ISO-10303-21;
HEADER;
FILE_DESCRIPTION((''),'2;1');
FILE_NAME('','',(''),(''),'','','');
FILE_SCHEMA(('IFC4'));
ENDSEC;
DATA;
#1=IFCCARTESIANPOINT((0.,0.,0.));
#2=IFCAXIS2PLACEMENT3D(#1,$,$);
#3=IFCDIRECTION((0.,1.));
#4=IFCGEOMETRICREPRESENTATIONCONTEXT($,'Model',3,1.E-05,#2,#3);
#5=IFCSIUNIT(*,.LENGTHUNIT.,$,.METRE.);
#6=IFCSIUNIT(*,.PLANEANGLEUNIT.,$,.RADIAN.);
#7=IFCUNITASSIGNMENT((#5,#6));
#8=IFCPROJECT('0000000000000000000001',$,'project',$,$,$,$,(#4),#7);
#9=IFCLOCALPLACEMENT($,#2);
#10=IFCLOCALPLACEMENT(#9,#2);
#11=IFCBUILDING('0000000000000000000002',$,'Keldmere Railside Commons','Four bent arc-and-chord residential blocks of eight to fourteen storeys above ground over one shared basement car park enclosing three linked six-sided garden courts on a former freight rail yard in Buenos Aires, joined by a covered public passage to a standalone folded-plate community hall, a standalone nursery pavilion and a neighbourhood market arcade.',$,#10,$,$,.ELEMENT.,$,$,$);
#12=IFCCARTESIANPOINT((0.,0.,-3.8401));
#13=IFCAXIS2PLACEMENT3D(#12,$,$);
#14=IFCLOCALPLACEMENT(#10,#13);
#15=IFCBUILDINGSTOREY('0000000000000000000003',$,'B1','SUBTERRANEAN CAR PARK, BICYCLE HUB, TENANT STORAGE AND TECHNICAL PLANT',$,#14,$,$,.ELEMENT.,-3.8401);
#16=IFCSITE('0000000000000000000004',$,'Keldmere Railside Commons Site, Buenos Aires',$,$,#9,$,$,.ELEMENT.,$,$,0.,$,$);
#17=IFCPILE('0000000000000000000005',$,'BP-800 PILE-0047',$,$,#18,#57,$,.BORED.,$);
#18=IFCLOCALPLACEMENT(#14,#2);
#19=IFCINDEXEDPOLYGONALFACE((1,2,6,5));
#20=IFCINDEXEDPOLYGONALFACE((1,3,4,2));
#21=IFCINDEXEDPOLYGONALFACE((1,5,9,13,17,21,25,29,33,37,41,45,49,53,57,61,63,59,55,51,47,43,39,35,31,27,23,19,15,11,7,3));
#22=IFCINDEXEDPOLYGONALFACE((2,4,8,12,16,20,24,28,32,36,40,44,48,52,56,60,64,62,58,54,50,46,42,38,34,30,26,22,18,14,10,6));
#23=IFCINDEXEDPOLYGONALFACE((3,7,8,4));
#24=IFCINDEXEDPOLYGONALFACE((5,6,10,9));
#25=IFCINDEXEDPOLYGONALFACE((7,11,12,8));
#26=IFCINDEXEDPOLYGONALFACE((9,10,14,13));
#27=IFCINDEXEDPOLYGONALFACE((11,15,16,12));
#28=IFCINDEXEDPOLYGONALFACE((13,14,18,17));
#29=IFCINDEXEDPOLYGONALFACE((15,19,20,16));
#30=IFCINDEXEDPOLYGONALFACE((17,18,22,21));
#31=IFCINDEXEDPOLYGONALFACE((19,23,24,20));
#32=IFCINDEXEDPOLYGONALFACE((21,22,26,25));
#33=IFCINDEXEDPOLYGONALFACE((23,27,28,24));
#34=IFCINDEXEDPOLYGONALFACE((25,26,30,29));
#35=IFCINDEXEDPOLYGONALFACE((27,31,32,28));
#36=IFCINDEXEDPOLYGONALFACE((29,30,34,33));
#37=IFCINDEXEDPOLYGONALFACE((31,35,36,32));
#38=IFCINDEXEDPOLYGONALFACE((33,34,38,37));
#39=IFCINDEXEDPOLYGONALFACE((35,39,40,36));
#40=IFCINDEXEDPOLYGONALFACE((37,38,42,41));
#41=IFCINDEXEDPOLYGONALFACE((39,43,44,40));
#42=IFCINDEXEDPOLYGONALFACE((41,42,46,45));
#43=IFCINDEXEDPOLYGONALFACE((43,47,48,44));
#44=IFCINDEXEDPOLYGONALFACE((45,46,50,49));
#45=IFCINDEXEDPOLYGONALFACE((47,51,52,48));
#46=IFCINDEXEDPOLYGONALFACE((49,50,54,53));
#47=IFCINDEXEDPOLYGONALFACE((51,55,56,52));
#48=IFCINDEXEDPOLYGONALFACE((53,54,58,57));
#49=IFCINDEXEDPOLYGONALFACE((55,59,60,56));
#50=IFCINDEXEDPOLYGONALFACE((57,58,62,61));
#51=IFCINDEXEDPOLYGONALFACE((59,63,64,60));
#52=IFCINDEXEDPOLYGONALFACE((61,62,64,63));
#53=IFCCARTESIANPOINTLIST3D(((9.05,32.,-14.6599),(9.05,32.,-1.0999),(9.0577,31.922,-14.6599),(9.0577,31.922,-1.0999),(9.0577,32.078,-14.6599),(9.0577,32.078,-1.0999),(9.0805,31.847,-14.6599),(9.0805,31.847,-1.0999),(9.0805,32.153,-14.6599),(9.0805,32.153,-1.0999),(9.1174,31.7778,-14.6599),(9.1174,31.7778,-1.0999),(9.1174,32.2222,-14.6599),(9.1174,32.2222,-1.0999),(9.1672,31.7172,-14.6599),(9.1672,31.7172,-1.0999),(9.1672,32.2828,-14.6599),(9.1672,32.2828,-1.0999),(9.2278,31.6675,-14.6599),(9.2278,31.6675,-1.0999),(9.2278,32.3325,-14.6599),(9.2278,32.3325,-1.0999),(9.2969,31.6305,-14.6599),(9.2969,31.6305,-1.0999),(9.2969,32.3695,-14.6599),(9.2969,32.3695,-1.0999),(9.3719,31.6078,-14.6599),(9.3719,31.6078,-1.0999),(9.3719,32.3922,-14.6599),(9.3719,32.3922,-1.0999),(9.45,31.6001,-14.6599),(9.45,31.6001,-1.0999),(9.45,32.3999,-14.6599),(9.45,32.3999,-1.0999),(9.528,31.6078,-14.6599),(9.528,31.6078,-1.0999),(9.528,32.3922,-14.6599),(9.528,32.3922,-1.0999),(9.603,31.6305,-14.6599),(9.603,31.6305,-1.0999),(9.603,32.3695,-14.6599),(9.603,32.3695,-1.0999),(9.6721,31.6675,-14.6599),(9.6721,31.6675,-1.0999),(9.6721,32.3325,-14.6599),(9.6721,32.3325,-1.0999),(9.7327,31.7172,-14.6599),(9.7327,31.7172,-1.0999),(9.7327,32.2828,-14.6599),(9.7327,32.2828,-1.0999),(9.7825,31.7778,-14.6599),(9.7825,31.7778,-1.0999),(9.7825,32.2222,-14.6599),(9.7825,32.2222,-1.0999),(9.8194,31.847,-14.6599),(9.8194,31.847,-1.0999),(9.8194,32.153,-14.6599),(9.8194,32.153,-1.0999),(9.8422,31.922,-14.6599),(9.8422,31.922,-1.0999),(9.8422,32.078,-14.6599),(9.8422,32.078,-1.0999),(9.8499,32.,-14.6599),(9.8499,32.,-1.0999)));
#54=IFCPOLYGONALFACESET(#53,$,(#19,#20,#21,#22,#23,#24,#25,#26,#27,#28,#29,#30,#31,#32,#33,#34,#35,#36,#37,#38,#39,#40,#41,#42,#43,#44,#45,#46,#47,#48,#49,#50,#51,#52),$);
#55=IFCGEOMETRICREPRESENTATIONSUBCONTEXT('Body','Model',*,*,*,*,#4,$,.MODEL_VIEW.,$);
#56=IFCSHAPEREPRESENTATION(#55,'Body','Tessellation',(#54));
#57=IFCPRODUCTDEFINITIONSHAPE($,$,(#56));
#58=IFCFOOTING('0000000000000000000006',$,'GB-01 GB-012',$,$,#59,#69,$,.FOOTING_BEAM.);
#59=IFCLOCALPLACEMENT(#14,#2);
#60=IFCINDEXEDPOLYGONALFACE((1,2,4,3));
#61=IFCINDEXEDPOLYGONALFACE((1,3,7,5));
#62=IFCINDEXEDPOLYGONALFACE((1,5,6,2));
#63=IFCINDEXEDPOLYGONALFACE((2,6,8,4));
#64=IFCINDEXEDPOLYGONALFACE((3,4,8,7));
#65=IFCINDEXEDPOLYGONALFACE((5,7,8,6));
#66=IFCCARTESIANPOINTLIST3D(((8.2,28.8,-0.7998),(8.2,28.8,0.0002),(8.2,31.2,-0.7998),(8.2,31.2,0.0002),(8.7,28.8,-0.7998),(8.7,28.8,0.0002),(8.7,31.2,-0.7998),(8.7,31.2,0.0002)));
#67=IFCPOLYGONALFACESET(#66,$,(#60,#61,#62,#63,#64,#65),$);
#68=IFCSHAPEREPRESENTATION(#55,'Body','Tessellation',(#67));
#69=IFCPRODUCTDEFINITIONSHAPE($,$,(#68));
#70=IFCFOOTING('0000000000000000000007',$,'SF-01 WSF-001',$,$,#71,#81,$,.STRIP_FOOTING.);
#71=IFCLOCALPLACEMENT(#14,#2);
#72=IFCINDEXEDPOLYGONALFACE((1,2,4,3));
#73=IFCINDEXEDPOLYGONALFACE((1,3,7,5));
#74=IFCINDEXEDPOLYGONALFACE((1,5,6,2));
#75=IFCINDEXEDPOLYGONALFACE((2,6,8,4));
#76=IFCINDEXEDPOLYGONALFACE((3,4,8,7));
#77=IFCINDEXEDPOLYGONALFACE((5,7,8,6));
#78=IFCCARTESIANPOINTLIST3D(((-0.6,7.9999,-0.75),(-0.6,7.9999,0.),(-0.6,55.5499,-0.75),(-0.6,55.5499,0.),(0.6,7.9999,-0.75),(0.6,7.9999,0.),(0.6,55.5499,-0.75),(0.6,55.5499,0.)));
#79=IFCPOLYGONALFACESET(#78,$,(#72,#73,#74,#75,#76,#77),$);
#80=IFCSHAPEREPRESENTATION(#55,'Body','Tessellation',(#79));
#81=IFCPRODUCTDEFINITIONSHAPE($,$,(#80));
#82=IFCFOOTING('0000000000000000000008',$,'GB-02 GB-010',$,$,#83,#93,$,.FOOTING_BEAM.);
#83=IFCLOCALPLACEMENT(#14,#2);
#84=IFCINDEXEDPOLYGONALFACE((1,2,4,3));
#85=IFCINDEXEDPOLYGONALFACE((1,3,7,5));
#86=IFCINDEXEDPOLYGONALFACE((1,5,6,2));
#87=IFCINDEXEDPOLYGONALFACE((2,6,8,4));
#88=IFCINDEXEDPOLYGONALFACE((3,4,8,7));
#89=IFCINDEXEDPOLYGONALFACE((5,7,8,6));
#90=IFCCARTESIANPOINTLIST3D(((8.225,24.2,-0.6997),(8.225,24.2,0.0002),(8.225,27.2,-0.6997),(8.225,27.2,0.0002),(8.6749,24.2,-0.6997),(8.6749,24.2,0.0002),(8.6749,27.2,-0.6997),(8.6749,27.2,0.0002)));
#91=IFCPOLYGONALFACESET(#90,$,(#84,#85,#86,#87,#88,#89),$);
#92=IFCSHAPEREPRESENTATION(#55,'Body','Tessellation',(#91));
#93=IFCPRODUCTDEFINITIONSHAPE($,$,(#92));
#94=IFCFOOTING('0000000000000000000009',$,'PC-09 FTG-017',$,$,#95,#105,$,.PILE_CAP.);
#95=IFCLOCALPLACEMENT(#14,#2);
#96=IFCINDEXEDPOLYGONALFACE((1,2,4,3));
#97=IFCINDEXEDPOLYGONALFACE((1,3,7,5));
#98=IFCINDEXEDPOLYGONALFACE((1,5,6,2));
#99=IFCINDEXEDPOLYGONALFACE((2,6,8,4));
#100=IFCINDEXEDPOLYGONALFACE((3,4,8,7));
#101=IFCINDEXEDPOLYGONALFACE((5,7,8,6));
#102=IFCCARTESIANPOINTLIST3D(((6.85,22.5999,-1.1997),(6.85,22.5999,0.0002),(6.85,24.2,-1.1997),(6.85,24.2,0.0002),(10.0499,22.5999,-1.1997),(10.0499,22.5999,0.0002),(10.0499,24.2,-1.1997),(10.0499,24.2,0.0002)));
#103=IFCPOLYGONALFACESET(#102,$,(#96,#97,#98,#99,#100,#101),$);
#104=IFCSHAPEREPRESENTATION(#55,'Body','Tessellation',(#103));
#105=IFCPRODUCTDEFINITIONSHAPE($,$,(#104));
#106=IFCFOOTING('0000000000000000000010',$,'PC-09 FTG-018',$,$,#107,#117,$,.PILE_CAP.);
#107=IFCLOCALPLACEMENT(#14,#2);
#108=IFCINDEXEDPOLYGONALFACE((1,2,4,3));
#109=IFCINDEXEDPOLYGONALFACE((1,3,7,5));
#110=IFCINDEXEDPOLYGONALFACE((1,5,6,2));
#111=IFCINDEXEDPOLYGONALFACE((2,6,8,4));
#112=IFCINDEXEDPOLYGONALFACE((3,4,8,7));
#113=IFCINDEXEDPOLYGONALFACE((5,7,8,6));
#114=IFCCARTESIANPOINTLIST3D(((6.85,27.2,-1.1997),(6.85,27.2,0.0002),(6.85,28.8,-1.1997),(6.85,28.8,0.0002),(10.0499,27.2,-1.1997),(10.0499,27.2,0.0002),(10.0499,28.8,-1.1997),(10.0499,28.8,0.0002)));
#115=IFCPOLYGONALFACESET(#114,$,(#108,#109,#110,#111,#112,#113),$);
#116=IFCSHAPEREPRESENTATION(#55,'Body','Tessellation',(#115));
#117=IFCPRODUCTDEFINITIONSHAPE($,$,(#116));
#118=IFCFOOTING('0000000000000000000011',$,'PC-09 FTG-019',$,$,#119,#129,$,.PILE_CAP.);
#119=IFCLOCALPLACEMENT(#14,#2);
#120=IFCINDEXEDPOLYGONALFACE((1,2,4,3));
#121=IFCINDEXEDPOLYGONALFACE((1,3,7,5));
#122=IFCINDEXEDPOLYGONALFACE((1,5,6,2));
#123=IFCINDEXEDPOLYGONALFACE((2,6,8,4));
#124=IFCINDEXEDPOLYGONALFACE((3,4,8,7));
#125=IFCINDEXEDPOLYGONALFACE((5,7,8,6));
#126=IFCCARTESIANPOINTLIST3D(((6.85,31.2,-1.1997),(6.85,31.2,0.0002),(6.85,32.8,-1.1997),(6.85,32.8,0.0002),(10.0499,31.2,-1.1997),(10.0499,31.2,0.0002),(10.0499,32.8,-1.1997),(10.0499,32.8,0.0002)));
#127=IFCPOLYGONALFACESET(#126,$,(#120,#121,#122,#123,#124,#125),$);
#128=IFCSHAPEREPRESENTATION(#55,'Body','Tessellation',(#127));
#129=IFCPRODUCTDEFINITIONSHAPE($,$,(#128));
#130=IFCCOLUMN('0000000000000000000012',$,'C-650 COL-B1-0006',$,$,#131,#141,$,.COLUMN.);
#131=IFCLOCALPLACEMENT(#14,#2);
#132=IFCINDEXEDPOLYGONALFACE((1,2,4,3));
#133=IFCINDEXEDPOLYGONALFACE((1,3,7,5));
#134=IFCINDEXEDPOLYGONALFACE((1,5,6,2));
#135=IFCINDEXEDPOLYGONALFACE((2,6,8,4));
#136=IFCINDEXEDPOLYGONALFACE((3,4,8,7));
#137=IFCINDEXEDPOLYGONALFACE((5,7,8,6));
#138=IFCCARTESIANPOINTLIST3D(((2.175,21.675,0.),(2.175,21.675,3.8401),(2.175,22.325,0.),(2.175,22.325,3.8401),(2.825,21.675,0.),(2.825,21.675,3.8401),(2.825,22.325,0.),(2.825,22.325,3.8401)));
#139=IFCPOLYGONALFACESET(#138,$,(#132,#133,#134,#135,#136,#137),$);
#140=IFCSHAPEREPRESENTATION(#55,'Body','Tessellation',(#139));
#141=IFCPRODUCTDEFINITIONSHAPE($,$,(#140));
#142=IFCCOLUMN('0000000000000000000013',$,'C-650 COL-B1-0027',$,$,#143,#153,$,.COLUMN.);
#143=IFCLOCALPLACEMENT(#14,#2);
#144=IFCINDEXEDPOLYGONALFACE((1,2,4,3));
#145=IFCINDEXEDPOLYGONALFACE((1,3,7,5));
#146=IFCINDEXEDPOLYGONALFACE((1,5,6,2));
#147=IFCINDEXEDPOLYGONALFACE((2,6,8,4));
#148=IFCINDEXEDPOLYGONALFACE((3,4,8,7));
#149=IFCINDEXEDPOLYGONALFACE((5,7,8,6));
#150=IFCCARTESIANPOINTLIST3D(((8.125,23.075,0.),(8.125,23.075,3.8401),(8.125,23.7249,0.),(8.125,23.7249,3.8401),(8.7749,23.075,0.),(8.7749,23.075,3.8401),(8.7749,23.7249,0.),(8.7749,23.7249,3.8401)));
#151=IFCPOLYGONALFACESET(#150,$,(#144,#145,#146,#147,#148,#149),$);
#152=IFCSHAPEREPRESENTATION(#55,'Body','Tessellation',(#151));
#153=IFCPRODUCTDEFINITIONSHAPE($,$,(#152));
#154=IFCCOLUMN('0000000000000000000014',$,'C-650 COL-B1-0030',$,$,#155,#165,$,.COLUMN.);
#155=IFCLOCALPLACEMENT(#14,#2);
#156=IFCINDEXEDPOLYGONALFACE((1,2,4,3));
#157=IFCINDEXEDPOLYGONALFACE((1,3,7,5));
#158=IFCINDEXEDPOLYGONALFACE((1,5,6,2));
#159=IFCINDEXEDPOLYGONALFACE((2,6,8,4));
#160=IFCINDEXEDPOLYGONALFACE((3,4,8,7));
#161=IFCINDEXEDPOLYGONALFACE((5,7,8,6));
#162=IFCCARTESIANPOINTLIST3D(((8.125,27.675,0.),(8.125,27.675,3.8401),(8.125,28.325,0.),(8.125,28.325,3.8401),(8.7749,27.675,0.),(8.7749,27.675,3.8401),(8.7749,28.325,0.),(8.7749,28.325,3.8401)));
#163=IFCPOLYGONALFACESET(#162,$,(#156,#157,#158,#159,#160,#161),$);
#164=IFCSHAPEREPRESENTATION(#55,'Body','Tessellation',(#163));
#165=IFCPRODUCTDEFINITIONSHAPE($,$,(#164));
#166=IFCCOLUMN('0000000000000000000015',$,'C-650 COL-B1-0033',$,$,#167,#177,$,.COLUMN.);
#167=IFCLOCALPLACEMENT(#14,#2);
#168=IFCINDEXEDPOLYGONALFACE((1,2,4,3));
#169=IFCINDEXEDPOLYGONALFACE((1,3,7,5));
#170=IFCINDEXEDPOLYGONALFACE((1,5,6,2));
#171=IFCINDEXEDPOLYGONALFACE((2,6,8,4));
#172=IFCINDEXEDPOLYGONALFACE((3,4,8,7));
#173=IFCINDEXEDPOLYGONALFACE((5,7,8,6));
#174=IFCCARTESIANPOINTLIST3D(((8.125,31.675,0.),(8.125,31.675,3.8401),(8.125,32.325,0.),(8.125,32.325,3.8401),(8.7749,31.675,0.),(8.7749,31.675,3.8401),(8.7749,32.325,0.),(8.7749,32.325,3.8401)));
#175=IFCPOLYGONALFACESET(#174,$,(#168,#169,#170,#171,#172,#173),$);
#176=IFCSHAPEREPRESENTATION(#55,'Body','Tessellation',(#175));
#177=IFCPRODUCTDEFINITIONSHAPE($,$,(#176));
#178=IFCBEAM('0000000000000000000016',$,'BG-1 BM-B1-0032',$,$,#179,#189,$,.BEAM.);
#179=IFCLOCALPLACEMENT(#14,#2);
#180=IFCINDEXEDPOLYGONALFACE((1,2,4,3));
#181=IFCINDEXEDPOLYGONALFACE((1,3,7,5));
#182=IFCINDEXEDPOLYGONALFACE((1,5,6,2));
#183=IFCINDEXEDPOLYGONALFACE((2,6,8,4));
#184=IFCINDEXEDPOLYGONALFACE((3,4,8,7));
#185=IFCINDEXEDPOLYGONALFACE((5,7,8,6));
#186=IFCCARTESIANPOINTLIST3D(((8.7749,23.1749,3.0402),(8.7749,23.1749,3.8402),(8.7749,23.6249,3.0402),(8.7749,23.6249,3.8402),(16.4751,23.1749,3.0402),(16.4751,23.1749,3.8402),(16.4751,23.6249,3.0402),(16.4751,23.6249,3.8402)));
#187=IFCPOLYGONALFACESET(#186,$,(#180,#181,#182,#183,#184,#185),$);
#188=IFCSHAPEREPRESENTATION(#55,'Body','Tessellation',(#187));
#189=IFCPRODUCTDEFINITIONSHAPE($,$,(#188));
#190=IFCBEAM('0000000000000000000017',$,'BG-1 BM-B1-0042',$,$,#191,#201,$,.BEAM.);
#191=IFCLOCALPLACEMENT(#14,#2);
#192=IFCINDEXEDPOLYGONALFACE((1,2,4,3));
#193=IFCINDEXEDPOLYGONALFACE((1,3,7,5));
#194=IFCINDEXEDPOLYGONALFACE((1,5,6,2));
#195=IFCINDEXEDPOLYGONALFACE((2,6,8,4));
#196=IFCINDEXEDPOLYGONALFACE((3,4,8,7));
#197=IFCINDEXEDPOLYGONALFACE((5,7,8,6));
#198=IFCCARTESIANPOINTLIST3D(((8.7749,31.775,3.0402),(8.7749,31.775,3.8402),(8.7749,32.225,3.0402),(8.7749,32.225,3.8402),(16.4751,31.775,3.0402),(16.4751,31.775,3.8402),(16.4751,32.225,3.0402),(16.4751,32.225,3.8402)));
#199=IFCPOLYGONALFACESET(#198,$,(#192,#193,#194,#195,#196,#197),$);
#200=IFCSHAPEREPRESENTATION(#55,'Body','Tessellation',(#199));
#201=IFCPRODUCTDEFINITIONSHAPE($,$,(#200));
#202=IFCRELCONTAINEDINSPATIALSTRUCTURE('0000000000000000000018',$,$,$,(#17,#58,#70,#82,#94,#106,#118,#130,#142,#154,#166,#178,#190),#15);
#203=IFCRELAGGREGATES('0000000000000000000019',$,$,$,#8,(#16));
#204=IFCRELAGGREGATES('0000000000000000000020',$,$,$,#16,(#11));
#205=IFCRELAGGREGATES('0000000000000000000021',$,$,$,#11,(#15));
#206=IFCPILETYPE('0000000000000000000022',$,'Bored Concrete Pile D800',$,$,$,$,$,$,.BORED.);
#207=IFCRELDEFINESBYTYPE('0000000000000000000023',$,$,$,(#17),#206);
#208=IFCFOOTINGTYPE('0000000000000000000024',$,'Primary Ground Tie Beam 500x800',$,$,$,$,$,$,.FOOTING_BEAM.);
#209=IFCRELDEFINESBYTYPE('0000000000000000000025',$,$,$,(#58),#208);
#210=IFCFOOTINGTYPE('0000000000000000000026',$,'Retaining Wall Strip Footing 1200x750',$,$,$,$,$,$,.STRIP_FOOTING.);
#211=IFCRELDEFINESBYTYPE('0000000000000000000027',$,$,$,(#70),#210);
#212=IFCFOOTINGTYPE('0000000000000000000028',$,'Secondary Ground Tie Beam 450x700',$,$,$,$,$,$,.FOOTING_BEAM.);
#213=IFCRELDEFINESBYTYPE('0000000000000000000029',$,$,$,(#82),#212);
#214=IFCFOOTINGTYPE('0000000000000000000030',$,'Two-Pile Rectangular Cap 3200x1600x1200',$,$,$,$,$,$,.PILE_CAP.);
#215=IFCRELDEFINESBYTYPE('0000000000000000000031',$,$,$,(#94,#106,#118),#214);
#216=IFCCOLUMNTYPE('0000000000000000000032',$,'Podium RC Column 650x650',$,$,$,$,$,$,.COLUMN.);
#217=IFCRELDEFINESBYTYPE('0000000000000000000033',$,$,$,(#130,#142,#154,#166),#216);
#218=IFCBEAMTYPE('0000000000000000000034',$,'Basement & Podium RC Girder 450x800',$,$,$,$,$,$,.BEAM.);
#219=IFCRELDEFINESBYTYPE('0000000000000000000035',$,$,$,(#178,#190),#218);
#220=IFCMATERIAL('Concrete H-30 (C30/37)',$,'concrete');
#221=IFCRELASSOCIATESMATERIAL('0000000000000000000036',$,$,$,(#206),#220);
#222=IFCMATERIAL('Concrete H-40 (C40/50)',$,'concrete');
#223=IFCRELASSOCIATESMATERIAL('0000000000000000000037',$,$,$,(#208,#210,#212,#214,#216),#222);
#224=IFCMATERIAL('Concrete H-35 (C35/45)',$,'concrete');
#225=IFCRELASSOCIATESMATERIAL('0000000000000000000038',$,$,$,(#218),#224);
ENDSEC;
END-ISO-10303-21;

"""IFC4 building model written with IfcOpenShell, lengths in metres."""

from ifc_helpers import new_model, si_unit, direction, frame, origin, origin_2d, place, context, subcontext, project, spatial, rectangle, circle, extrude, material, material_profile, profile_set, type_object, element, save


model = new_model("IFC4")

# Units and contexts
model_context = context("Model", 3, precision=1e-05, world=origin(), true_north=direction((0.0, 1.0)))
body_context = subcontext(model_context, "Body", "Model", "MODEL_VIEW")
ifc_project = project(units=[si_unit("LENGTHUNIT", "METRE"), si_unit("PLANEANGLEUNIT", "RADIAN")], contexts=[model_context])

# Site, building, storey
site_placement = place(None, origin())
site = spatial("IfcSite", under=ifc_project, at=site_placement, Name="Keldmere Railside Commons Site, Buenos Aires", CompositionType="ELEMENT", RefElevation=0.0)
building_placement = place(site_placement, origin())
building = spatial("IfcBuilding", under=site, at=building_placement, Name="Keldmere Railside Commons", Description="Four bent arc-and-chord residential blocks of eight to fourteen storeys above ground over one shared basement car park enclosing three linked six-sided garden courts on a former freight rail yard in Buenos Aires, joined by a covered public passage to a standalone folded-plate community hall, a standalone nursery pavilion and a neighbourhood market arcade.", CompositionType="ELEMENT")
storey_placement = place(building_placement, frame((0.0, 0.0, -3.8401)))
storey = spatial("IfcBuildingStorey", under=building, at=storey_placement, Name="B1", Description="SUBTERRANEAN CAR PARK, BICYCLE HUB, TENANT STORAGE AND TECHNICAL PLANT", CompositionType="ELEMENT", Elevation=-3.8401)

# Pile
ifc_material_1 = material(Name="Concrete H-30 (C30/37)", Category="concrete")
ifc_material_profile_1 = material_profile(ifc_material_1, circle(Radius=0.3999, at=origin_2d()), Name="PILE-D800")
ifc_profile_set_1 = profile_set([ifc_material_profile_1], Name="Concrete H-30 (C30/37)")
pile_type = type_object("IfcPileType", Name="Bored Concrete Pile D800", PredefinedType="BORED", material=ifc_profile_set_1)
for number, where, z_axis, x_axis, name in (
    (1, (9.45, 32.0, -1.0999), (0.0, 0.0, -1.0), (1.0, 0.0, 0.0), "BP-800 PILE-0047"),
):
    element("IfcPile", number, at=place(storey_placement, frame(where, z_axis=z_axis, x_axis=x_axis)), inside=storey, type_object=pile_type, Name=name, PredefinedType="BORED", context=body_context, shape_type="SweptSolid", body=[
        extrude(circle(Radius=0.3999, at=origin_2d()), origin(), (0.0, 0.0, 1.0), 13.5601),
    ])

# Footings
ifc_material_2 = material(Name="Concrete H-40 (C40/50)", Category="concrete")
footing_type_1 = type_object("IfcFootingType", Name="Primary Ground Tie Beam 500x800", PredefinedType="FOOTING_BEAM", material=ifc_material_2)
footing_1_placement = place(storey_placement, frame((8.45, 30.0, -0.7998), z_axis=(0.0, 0.0, 1.0), x_axis=(0.0, 1.0, 0.0)))
element("IfcFooting", 2, at=footing_1_placement, inside=storey, type_object=footing_type_1, Name="GB-01 GB-012", PredefinedType="FOOTING_BEAM", context=body_context, shape_type="SweptSolid", body=[
    extrude(rectangle(XDim=2.3999, YDim=0.5, at=origin_2d()), origin(), (0.0, 0.0, 1.0), 0.8),
])
footing_type_2 = type_object("IfcFootingType", Name="Retaining Wall Strip Footing 1200x750", PredefinedType="STRIP_FOOTING", material=ifc_material_2)
footing_2_placement = place(storey_placement, frame((0.0, 31.7749, -0.75), z_axis=(0.0, 0.0, 1.0), x_axis=(0.0, 1.0, 0.0)))
element("IfcFooting", 3, at=footing_2_placement, inside=storey, type_object=footing_type_2, Name="SF-01 WSF-001", PredefinedType="STRIP_FOOTING", context=body_context, shape_type="SweptSolid", body=[
    extrude(rectangle(XDim=47.55, YDim=1.2, at=origin_2d()), origin(), (0.0, 0.0, 1.0), 0.75),
])
footing_type_3 = type_object("IfcFootingType", Name="Secondary Ground Tie Beam 450x700", PredefinedType="FOOTING_BEAM", material=ifc_material_2)
footing_3_placement = place(storey_placement, frame((8.45, 25.7, -0.6997), z_axis=(0.0, 0.0, 1.0), x_axis=(0.0, 1.0, 0.0)))
element("IfcFooting", 4, at=footing_3_placement, inside=storey, type_object=footing_type_3, Name="GB-02 GB-010", PredefinedType="FOOTING_BEAM", context=body_context, shape_type="SweptSolid", body=[
    extrude(rectangle(XDim=3.0, YDim=0.45, at=origin_2d()), origin(), (0.0, 0.0, 1.0), 0.7),
])
footing_type_4 = type_object("IfcFootingType", Name="Two-Pile Rectangular Cap 3200x1600x1200", PredefinedType="PILE_CAP", material=ifc_material_2)
for number, where, z_axis, x_axis, name in (
    (5, (8.45, 23.3999, -1.1997), (0.0, 0.0, 1.0), (1.0, 0.0, 0.0), "PC-09 FTG-017"),
    (6, (8.45, 28.0, -1.1997), (0.0, 0.0, 1.0), (1.0, 0.0, 0.0), "PC-09 FTG-018"),
    (7, (8.45, 32.0, -1.1997), (0.0, 0.0, 1.0), (1.0, 0.0, 0.0), "PC-09 FTG-019"),
):
    element("IfcFooting", number, at=place(storey_placement, frame(where, z_axis=z_axis, x_axis=x_axis)), inside=storey, type_object=footing_type_4, Name=name, PredefinedType="PILE_CAP", context=body_context, shape_type="SweptSolid", body=[
        extrude(rectangle(XDim=3.2, YDim=1.6001, at=origin_2d()), origin(), (0.0, 0.0, 1.0), 1.2),
    ])

# Columns
ifc_material_profile_2 = material_profile(ifc_material_2, rectangle(XDim=0.6499, YDim=0.6499, at=origin_2d()), Name="RC-650x650")
ifc_profile_set_2 = profile_set([ifc_material_profile_2], Name="Concrete H-40 (C40/50)")
column_type = type_object("IfcColumnType", Name="Podium RC Column 650x650", PredefinedType="COLUMN", material=ifc_profile_set_2)
for number, where, z_axis, x_axis, name in (
    (8, (2.5, 22.0, 0.0), (0.0, 0.0, 1.0), (1.0, 0.0, 0.0), "C-650 COL-B1-0006"),
    (9, (8.45, 23.3999, 0.0), (0.0, 0.0, 1.0), (1.0, 0.0, 0.0), "C-650 COL-B1-0027"),
    (10, (8.45, 28.0, 0.0), (0.0, 0.0, 1.0), (1.0, 0.0, 0.0), "C-650 COL-B1-0030"),
    (11, (8.45, 32.0, 0.0), (0.0, 0.0, 1.0), (1.0, 0.0, 0.0), "C-650 COL-B1-0033"),
):
    element("IfcColumn", number, at=place(storey_placement, frame(where, z_axis=z_axis, x_axis=x_axis)), inside=storey, type_object=column_type, Name=name, PredefinedType="COLUMN", context=body_context, shape_type="SweptSolid", body=[
        extrude(rectangle(XDim=0.6499, YDim=0.6499, at=origin_2d()), origin(), (0.0, 0.0, 1.0), 3.8401),
    ])

# Beams
ifc_material_3 = material(Name="Concrete H-35 (C35/45)", Category="concrete")
ifc_material_profile_3 = material_profile(ifc_material_3, rectangle(XDim=0.45, YDim=0.8, at=origin_2d()), Name="RC-450x800")
ifc_profile_set_3 = profile_set([ifc_material_profile_3], Name="Concrete H-35 (C35/45)")
beam_type = type_object("IfcBeamType", Name="Basement & Podium RC Girder 450x800", PredefinedType="BEAM", material=ifc_profile_set_3)
for number, where, z_axis, x_axis, name in (
    (12, (8.7749, 23.3999, 3.4402), (1.0, 0.0, 0.0), (0.0, 1.0, 0.0), "BG-1 BM-B1-0032"),
    (13, (8.7749, 32.0, 3.4402), (1.0, 0.0, 0.0), (0.0, 1.0, 0.0), "BG-1 BM-B1-0042"),
):
    element("IfcBeam", number, at=place(storey_placement, frame(where, z_axis=z_axis, x_axis=x_axis)), inside=storey, type_object=beam_type, Name=name, PredefinedType="BEAM", context=body_context, shape_type="SweptSolid", body=[
        extrude(rectangle(XDim=0.45, YDim=0.8, at=origin_2d()), origin(), (0.0, 0.0, 1.0), 7.7002),
    ])

save(model, "model.ifc")
